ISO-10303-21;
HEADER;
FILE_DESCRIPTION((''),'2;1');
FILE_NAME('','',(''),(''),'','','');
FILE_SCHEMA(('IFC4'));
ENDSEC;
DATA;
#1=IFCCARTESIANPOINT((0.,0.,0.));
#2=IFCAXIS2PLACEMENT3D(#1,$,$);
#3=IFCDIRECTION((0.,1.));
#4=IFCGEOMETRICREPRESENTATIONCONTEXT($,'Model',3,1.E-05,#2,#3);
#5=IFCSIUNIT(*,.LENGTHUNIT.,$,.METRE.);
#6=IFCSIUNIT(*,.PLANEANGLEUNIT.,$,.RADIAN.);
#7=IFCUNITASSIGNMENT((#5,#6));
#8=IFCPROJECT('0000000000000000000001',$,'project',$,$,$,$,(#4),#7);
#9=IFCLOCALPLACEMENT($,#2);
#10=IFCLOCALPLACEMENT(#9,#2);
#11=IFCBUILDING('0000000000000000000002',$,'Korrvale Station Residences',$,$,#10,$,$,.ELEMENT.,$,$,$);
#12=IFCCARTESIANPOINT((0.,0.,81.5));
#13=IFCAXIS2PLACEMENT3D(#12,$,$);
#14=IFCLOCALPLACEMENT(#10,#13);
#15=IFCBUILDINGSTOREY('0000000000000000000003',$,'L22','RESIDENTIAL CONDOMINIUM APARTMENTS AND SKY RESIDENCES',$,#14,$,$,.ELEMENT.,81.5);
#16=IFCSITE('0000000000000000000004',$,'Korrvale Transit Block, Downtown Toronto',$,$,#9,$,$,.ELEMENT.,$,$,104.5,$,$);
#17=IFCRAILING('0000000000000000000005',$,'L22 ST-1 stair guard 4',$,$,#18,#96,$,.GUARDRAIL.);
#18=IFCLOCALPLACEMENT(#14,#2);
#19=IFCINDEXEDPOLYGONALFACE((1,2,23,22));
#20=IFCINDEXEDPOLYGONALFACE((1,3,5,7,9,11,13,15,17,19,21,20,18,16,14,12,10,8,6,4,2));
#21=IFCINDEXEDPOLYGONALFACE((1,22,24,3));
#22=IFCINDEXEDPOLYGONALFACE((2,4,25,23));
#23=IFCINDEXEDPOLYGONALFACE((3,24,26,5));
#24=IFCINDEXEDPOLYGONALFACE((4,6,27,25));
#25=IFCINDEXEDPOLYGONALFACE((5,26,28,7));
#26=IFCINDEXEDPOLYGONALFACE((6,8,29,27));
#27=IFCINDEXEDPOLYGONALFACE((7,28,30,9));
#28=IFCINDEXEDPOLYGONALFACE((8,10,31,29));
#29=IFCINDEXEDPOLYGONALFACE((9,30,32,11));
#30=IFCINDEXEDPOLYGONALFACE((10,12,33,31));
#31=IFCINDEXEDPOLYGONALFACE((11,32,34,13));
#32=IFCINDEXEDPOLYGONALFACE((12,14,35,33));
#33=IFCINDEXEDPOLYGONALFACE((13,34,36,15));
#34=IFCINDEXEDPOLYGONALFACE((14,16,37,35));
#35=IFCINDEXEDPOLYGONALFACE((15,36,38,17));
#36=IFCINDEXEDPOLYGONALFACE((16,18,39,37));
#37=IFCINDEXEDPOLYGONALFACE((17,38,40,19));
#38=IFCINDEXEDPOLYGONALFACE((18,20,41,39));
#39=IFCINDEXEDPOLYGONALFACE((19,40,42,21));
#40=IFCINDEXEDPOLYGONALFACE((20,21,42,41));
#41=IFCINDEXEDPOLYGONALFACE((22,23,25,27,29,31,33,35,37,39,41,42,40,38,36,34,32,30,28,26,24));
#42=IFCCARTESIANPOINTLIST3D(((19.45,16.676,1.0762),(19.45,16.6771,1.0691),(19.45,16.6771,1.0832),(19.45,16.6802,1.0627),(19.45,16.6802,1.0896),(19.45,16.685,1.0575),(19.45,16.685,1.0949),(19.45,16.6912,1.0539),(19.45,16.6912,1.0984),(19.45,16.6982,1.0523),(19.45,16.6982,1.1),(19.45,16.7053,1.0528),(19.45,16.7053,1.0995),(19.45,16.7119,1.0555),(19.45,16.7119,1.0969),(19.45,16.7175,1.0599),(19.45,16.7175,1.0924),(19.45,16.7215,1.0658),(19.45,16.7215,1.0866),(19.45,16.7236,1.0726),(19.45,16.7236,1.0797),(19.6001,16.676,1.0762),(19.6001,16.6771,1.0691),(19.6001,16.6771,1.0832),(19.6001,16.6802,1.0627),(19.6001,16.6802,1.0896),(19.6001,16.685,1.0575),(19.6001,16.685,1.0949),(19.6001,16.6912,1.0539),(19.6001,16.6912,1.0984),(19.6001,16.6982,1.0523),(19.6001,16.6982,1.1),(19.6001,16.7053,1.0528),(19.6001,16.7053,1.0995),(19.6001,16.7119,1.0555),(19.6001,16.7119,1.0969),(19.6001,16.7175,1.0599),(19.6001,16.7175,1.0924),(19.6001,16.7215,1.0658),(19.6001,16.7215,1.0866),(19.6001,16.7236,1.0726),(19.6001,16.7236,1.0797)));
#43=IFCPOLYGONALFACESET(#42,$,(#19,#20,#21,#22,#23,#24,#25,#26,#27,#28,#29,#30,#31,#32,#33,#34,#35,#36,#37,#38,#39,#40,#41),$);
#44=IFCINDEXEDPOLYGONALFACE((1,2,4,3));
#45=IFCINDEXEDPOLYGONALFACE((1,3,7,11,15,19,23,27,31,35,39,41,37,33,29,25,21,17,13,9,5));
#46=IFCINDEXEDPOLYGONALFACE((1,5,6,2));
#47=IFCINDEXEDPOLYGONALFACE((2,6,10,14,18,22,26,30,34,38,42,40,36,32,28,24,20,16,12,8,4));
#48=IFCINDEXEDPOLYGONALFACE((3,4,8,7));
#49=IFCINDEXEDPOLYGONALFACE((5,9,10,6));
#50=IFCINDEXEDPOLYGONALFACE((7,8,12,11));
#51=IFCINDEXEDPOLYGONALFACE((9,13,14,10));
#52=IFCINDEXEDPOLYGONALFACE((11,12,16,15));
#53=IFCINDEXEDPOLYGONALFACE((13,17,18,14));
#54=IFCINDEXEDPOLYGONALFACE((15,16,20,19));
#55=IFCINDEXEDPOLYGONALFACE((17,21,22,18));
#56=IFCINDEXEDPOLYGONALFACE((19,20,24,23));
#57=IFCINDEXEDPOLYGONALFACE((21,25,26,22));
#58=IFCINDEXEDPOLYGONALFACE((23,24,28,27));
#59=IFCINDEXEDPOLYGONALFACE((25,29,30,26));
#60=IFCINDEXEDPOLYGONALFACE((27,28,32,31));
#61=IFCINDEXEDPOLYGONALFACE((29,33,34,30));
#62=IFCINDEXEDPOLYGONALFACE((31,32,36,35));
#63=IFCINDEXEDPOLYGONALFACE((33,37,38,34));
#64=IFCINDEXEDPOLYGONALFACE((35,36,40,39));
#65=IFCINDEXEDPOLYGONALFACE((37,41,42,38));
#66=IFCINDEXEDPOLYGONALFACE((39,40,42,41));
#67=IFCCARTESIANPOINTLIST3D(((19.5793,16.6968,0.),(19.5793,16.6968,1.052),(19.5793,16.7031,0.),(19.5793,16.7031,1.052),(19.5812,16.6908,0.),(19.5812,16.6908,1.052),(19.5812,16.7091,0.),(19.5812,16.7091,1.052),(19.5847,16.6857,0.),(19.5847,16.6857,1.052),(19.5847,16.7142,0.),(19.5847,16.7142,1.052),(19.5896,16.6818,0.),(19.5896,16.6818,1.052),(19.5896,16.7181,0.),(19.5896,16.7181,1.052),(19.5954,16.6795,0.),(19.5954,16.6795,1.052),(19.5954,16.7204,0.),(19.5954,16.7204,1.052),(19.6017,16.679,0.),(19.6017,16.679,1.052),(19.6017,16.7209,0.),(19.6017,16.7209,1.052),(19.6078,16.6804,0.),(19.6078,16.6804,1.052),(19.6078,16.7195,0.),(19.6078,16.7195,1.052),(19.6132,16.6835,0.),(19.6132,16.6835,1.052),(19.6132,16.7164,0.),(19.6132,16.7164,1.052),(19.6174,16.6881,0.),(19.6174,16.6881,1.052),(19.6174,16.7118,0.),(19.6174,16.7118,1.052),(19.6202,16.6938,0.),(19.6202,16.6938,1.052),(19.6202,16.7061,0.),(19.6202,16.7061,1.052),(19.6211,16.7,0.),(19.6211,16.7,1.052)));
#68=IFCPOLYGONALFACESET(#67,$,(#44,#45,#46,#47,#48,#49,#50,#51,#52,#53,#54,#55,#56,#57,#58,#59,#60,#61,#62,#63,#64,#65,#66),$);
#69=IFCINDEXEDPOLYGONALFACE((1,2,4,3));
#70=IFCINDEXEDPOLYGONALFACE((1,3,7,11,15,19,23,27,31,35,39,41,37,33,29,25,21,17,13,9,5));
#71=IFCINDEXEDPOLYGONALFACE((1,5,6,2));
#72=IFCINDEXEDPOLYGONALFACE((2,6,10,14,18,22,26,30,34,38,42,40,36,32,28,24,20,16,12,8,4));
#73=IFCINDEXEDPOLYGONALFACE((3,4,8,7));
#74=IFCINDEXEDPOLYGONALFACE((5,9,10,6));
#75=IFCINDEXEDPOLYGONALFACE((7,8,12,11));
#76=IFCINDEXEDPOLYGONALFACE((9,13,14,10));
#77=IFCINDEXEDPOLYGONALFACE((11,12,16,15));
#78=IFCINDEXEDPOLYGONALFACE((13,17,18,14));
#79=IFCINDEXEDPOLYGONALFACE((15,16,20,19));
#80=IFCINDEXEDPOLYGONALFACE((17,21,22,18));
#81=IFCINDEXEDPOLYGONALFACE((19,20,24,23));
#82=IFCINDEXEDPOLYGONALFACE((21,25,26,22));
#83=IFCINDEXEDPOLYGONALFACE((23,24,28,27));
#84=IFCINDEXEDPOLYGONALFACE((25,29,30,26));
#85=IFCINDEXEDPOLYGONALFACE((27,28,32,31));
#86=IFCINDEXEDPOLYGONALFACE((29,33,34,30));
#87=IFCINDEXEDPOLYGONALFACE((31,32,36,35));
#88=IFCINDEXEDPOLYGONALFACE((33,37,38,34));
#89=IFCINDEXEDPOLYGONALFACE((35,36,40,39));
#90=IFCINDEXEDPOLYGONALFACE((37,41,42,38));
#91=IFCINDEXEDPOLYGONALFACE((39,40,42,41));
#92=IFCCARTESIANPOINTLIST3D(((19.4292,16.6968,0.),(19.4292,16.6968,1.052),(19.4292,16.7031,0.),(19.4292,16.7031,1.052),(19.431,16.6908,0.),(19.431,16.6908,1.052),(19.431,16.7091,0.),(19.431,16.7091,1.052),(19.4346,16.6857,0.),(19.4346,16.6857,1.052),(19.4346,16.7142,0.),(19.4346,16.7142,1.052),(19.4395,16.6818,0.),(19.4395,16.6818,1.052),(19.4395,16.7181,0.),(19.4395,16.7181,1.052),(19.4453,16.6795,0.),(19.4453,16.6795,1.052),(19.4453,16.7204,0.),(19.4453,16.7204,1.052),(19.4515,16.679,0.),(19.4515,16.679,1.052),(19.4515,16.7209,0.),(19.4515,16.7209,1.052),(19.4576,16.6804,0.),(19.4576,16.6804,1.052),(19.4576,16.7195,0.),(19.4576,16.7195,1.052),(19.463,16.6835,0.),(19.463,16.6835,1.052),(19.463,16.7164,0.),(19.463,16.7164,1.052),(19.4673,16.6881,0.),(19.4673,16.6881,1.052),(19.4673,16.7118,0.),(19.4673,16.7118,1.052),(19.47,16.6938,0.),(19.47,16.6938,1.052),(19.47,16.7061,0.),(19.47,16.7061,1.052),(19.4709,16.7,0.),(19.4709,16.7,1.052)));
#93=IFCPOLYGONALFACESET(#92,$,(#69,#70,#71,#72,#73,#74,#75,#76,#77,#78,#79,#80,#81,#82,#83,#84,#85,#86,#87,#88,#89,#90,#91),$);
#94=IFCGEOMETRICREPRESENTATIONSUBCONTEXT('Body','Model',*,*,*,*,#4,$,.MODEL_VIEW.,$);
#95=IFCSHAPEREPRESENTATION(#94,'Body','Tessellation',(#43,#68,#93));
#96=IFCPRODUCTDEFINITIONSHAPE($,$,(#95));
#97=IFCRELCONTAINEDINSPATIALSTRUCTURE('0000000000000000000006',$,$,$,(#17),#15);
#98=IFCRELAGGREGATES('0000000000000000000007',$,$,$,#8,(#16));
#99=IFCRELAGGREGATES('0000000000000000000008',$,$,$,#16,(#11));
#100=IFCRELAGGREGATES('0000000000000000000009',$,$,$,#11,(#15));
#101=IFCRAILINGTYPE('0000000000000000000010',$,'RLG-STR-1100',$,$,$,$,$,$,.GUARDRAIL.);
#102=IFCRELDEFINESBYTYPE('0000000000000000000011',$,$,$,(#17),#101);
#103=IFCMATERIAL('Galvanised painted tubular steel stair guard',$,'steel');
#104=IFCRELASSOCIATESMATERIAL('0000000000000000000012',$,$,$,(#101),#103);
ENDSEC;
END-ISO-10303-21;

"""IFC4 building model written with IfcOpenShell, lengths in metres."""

from ifc_helpers import new_model, si_unit, direction, frame, origin, origin_2d, place, context, subcontext, project, spatial, circle, extrude, material, type_object, element, save


model = new_model("IFC4")

# Units and contexts
model_context = context("Model", 3, precision=1e-05, world=origin(), true_north=direction((0.0, 1.0)))
body_context = subcontext(model_context, "Body", "Model", "MODEL_VIEW")
ifc_project = project(units=[si_unit("LENGTHUNIT", "METRE"), si_unit("PLANEANGLEUNIT", "RADIAN")], contexts=[model_context])

# Site, building, storey
site_placement = place(None, origin())
site = spatial("IfcSite", under=ifc_project, at=site_placement, Name="Korrvale Transit Block, Downtown Toronto", CompositionType="ELEMENT", RefElevation=104.5)
building_placement = place(site_placement, origin())
building = spatial("IfcBuilding", under=site, at=building_placement, Name="Korrvale Station Residences", CompositionType="ELEMENT")
storey_placement = place(building_placement, frame((0.0, 0.0, 81.5)))
storey = spatial("IfcBuildingStorey", under=building, at=storey_placement, Name="L22", Description="RESIDENTIAL CONDOMINIUM APARTMENTS AND SKY RESIDENCES", CompositionType="ELEMENT", Elevation=81.5)

# Railing
ifc_material_1 = material(Name="Galvanised painted tubular steel stair guard", Category="steel")
railing_type_1 = type_object("IfcRailingType", Name="RLG-STR-1100", PredefinedType="GUARDRAIL", material=ifc_material_1)
railing_1_placement = place(storey_placement, frame((19.6001, 16.7, 0.0)))
element("IfcRailing", 1, at=railing_1_placement, inside=storey, type_object=railing_type_1, Name="L22 ST-1 stair guard 4", PredefinedType="GUARDRAIL", context=body_context, shape_type="SweptSolid", body=[
    extrude(circle(Radius=0.0239, at=origin_2d()), frame((0.0, 0.0, 1.0762), z_axis=(-1.0, 0.0, 0.0), x_axis=(0.0, -1.0, 0.0)), (0.0, 0.0, 1.0), 0.1501),
    extrude(circle(Radius=0.021, at=origin_2d()), origin(), (0.0, 0.0, 1.0), 1.052),
    extrude(circle(Radius=0.021, at=origin_2d()), frame((-0.1501, 0.0, 0.0)), (0.0, 0.0, 1.0), 1.052),
])

save(model, "model.ifc")
